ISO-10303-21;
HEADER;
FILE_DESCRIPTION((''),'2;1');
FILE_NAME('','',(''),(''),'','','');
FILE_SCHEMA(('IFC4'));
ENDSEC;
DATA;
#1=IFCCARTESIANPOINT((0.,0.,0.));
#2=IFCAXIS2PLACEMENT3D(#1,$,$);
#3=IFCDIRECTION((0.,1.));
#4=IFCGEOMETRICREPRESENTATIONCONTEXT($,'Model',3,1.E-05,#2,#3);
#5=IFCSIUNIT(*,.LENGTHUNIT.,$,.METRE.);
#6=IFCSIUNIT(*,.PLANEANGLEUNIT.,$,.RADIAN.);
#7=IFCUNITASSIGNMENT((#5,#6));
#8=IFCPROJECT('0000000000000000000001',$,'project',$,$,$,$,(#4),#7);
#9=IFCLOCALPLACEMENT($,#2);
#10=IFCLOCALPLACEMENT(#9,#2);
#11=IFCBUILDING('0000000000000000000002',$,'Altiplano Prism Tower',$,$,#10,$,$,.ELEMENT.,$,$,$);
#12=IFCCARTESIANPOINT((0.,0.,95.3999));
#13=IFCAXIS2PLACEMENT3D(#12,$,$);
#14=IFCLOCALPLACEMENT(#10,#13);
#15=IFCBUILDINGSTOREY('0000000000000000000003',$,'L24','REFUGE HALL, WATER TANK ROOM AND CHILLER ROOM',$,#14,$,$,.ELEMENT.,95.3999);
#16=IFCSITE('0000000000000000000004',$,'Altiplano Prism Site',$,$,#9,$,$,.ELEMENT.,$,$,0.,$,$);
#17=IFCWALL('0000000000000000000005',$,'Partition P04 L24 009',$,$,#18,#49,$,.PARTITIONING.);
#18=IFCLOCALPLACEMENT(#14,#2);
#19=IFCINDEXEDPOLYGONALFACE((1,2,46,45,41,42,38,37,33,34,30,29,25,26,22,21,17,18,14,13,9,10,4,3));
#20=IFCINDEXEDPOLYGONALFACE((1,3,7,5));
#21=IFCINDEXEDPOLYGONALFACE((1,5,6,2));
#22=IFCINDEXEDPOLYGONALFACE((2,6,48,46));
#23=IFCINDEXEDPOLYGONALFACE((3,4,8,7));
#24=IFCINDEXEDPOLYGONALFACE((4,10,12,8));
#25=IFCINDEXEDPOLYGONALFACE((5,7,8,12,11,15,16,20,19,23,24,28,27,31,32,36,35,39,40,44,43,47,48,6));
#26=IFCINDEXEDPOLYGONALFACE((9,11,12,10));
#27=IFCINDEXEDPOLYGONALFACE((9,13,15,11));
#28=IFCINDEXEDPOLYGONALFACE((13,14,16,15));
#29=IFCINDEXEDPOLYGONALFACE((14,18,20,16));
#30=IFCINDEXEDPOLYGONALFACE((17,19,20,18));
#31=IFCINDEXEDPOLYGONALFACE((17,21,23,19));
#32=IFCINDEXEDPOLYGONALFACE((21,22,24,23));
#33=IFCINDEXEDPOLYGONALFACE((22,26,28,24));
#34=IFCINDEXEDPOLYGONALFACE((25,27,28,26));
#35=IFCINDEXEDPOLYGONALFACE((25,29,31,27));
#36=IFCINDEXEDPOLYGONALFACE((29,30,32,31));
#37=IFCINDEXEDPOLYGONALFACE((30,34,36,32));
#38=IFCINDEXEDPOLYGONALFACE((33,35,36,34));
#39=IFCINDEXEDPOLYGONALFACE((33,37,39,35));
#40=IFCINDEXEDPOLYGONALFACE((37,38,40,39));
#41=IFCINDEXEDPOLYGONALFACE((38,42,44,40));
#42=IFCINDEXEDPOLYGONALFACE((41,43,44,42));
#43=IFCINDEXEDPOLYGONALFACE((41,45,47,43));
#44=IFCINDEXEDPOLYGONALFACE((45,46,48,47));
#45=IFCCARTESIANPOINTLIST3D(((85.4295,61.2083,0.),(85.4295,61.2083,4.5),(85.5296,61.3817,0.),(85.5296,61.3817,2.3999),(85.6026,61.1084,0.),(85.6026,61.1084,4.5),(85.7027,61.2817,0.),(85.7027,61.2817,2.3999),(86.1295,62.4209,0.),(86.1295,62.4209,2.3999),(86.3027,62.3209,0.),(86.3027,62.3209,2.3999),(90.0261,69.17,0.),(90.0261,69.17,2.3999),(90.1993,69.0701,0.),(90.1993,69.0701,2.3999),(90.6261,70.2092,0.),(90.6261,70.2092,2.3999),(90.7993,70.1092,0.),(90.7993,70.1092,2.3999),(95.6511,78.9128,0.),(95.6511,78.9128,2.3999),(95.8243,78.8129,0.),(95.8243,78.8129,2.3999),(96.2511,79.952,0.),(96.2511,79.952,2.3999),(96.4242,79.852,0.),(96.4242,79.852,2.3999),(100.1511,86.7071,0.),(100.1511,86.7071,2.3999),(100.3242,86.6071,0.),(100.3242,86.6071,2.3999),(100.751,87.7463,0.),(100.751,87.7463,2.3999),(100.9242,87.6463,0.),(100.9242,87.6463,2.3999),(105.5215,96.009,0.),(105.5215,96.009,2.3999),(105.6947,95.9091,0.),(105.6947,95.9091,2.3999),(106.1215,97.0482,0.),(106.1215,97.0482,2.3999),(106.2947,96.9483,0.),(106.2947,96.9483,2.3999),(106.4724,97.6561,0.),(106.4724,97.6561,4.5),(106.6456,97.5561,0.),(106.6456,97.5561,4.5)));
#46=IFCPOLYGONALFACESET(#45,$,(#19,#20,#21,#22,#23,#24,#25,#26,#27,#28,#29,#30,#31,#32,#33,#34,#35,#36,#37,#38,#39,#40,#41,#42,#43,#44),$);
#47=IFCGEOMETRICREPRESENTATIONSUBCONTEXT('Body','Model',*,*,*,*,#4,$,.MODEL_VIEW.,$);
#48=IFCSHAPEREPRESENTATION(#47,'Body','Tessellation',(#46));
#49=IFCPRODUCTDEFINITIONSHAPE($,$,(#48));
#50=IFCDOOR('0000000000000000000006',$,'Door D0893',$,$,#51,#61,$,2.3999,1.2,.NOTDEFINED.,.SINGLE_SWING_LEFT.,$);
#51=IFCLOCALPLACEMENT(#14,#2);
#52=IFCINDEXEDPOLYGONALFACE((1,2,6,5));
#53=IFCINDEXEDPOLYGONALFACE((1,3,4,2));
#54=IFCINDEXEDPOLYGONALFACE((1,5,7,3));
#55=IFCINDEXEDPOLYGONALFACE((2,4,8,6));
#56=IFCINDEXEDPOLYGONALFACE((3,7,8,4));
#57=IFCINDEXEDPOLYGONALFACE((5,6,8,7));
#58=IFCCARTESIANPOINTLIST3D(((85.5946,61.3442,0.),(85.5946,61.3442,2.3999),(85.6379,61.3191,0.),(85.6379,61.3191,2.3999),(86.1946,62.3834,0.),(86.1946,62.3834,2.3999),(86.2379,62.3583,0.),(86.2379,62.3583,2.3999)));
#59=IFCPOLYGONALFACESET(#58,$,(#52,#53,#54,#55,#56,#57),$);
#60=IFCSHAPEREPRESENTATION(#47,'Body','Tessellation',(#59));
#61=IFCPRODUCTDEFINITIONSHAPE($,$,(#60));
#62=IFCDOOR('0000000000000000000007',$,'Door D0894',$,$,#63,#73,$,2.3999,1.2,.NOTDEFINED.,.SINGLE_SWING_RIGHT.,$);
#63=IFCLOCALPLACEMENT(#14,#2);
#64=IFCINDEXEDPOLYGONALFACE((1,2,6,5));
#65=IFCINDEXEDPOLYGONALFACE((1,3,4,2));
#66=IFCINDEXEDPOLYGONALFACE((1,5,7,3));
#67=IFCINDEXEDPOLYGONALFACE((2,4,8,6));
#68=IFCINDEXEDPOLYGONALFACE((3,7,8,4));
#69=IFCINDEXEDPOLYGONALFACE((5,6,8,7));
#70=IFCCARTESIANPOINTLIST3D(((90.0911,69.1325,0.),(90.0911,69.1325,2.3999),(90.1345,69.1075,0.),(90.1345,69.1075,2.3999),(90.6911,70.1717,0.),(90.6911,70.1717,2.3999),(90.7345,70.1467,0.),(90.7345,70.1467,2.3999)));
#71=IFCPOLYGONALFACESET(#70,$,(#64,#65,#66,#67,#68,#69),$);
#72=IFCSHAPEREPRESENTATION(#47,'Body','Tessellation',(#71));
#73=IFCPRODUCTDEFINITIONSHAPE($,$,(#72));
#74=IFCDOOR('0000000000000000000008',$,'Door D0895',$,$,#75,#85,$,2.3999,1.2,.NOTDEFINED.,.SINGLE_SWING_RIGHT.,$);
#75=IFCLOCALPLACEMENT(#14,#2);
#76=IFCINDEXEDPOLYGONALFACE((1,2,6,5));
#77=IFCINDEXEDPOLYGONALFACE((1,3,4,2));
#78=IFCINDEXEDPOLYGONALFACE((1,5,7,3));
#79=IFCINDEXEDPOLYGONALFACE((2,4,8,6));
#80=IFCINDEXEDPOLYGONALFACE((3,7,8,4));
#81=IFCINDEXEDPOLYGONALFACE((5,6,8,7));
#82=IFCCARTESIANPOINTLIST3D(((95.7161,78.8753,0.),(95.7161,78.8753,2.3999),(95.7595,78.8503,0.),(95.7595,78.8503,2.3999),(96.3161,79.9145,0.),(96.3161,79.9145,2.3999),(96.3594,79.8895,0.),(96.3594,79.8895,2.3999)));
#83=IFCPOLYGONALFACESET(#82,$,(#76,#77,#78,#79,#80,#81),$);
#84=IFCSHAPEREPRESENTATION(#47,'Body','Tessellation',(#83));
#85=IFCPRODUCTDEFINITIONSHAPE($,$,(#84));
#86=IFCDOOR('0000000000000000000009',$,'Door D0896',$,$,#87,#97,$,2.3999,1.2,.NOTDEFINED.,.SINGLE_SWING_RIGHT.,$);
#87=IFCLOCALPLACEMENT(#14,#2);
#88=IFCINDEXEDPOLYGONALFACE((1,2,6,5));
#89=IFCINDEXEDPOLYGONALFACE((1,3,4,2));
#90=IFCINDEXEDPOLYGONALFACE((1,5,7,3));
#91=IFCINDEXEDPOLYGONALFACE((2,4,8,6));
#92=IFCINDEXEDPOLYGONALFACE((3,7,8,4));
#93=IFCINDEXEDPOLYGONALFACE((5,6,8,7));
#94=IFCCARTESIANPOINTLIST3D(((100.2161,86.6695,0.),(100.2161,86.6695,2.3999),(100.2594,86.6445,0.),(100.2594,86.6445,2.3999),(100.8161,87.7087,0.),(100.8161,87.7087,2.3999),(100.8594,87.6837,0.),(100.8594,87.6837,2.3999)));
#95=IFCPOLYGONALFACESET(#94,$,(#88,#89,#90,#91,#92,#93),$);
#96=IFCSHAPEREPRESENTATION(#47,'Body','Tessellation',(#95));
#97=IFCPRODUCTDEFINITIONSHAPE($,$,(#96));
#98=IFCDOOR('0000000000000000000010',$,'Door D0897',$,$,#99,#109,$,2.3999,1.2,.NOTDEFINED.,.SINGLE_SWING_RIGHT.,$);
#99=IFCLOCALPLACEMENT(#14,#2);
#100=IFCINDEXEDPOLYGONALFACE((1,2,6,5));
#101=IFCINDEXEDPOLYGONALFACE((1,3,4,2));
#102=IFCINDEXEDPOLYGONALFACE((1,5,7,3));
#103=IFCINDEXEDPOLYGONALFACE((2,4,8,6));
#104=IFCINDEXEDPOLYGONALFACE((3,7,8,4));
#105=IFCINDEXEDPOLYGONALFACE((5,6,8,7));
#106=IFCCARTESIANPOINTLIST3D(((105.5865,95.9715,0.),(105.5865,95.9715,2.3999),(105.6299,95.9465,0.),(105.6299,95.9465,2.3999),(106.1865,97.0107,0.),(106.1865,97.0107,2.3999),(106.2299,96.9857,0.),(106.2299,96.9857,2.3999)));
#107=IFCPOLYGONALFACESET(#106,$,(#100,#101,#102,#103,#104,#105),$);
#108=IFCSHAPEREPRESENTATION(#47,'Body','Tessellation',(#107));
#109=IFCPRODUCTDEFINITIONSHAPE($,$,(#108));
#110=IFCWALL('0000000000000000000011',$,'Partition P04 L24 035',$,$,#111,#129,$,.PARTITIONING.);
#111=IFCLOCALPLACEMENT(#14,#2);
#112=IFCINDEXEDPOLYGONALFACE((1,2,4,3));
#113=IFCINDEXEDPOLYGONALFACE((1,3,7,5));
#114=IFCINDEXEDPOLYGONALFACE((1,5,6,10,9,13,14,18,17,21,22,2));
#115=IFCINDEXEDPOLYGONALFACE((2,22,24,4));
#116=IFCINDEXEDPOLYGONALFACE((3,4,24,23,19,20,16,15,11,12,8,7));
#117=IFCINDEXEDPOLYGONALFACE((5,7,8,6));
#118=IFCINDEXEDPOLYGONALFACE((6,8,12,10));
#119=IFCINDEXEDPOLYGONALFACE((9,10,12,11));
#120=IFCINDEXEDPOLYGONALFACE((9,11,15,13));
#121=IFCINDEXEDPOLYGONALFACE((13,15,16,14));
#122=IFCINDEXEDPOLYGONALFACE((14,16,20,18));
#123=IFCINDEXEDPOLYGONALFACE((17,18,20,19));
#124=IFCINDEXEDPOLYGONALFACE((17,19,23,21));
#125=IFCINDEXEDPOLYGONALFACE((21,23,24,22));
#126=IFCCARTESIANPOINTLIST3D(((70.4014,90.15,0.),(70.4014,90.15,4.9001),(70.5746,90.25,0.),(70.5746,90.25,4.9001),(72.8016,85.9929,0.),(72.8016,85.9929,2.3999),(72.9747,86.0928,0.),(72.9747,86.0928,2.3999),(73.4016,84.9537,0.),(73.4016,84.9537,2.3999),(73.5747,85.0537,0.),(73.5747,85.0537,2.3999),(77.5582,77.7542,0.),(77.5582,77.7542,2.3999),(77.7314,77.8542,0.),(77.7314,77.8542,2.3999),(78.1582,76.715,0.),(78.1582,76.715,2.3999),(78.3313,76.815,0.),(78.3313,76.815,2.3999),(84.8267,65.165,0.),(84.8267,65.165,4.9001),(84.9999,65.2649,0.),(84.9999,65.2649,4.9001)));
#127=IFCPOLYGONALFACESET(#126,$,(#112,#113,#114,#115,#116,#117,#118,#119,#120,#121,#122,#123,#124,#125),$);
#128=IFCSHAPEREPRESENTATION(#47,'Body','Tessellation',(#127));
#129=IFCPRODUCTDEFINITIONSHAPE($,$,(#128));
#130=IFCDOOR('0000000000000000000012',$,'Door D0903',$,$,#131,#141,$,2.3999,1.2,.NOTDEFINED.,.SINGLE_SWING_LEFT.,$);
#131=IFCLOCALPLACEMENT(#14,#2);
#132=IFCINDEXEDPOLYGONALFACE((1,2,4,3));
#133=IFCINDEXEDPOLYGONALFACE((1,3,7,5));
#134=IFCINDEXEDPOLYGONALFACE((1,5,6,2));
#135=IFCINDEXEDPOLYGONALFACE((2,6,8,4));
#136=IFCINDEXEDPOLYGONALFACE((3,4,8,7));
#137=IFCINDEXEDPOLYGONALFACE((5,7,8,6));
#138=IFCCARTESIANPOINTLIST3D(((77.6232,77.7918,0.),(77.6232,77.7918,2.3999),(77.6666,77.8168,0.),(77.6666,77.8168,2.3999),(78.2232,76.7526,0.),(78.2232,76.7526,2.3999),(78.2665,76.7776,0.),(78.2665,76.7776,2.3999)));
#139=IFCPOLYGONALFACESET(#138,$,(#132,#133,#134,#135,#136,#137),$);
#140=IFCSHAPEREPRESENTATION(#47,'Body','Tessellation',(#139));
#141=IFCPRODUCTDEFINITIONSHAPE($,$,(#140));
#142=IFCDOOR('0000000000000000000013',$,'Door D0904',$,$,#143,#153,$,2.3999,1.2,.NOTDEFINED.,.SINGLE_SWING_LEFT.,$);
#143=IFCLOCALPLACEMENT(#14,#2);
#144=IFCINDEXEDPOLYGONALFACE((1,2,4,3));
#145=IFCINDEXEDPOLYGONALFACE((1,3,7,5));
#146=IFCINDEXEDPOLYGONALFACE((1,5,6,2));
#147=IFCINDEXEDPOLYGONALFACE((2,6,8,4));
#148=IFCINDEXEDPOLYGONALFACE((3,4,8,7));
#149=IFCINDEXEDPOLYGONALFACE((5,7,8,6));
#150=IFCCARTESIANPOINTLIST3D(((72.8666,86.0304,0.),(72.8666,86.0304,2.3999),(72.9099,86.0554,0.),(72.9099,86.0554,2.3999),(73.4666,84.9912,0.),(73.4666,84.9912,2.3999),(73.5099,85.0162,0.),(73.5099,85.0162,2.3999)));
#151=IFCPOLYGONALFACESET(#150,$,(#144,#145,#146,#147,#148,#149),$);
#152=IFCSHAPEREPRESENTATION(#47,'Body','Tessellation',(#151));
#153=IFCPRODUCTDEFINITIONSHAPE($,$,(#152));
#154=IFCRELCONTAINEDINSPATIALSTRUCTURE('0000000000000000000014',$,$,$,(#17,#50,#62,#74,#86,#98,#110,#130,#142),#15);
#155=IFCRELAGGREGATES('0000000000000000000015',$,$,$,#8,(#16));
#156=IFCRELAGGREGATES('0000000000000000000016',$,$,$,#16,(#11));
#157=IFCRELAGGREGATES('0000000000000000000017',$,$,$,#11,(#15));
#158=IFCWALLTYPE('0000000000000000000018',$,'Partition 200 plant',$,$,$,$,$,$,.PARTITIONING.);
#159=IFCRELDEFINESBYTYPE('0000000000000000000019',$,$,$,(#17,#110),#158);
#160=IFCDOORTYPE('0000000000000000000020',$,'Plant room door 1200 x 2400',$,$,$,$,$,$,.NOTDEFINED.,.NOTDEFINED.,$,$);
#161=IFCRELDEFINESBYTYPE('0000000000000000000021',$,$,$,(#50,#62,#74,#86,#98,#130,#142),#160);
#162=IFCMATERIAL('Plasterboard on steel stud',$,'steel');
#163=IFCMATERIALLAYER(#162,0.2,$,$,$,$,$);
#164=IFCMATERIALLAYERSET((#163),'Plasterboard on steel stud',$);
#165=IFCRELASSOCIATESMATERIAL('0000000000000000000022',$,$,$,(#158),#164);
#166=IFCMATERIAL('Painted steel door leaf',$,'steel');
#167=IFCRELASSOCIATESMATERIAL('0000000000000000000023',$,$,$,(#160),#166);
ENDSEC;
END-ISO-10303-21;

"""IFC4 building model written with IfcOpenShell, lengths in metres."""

from ifc_helpers import new_model, si_unit, direction, frame, frame_2d, origin, place, context, subcontext, project, spatial, rectangle, extrude, material, layer, layer_set, type_object, element, fill, save


model = new_model("IFC4")

# Units and contexts
model_context = context("Model", 3, precision=1e-05, world=origin(), true_north=direction((0.0, 1.0)))
body_context = subcontext(model_context, "Body", "Model", "MODEL_VIEW")
ifc_project = project(units=[si_unit("LENGTHUNIT", "METRE"), si_unit("PLANEANGLEUNIT", "RADIAN")], contexts=[model_context])

# Site, building, storey
site_placement = place(None, origin())
site = spatial("IfcSite", under=ifc_project, at=site_placement, Name="Altiplano Prism Site", CompositionType="ELEMENT", RefElevation=0.0)
building_placement = place(site_placement, origin())
building = spatial("IfcBuilding", under=site, at=building_placement, Name="Altiplano Prism Tower", CompositionType="ELEMENT")
storey_placement = place(building_placement, frame((0.0, 0.0, 95.3999)))
storey = spatial("IfcBuildingStorey", under=building, at=storey_placement, Name="L24", Description="REFUGE HALL, WATER TANK ROOM AND CHILLER ROOM", CompositionType="ELEMENT", Elevation=95.3999)

# Shared definitions
ifc_material_1 = material(Name="Plasterboard on steel stud", Category="steel")
ifc_layer = layer(ifc_material_1, 0.2)
ifc_layer_set = layer_set([ifc_layer], Name="Plasterboard on steel stud")
wall_type = type_object("IfcWallType", Name="Partition 200 plant", PredefinedType="PARTITIONING", material=ifc_layer_set)

# Walls, openings, doors
wall_1_placement = place(storey_placement, frame((85.5161, 61.1584, 0.0), z_axis=(0.0, 0.0, 1.0), x_axis=(0.499997, 0.866027, 0.0)))
wall_1 = element("IfcWall", 1, at=wall_1_placement, inside=storey, type_object=wall_type, Name="Partition P04 L24 009", PredefinedType="PARTITIONING", context=body_context, shape_type="SweptSolid", body=[
    extrude(rectangle(XDim=42.0862, YDim=0.2, at=frame_2d((21.043, 0.0))), origin(), (0.0, 0.0, 1.0), 4.5),
])
opening_1_placement = place(wall_1_placement, frame((0.2, 0.0, 0.0)))
opening_1 = element("IfcOpeningElement", 2, at=opening_1_placement, cuts=wall_1, PredefinedType="OPENING", context=body_context, shape_type="SweptSolid", body=[
    extrude(rectangle(XDim=1.2, YDim=2.3999, at=frame_2d((0.6001, 1.2))), frame((0.0, 0.1104, 0.0), z_axis=(0.0, -1.0, 0.0), x_axis=(1.0, 0.0, 0.0)), (0.0, 0.0, 1.0), 0.2209),
])
opening_2_placement = place(wall_1_placement, frame((9.1931, 0.0, 0.0)))
opening_2 = element("IfcOpeningElement", 3, at=opening_2_placement, cuts=wall_1, PredefinedType="OPENING", context=body_context, shape_type="SweptSolid", body=[
    extrude(rectangle(XDim=1.2, YDim=2.3999, at=frame_2d((0.6001, 1.2))), frame((0.0, 0.1104, 0.0), z_axis=(0.0, -1.0, 0.0), x_axis=(1.0, 0.0, 0.0)), (0.0, 0.0, 1.0), 0.2209),
])
opening_3_placement = place(wall_1_placement, frame((20.4431, 0.0, 0.0)))
opening_3 = element("IfcOpeningElement", 4, at=opening_3_placement, cuts=wall_1, PredefinedType="OPENING", context=body_context, shape_type="SweptSolid", body=[
    extrude(rectangle(XDim=1.2, YDim=2.3999, at=frame_2d((0.6001, 1.2))), frame((0.0, 0.1104, 0.0), z_axis=(0.0, -1.0, 0.0), x_axis=(1.0, 0.0, 0.0)), (0.0, 0.0, 1.0), 0.2209),
])
opening_4_placement = place(wall_1_placement, frame((29.4431, 0.0, 0.0)))
opening_4 = element("IfcOpeningElement", 5, at=opening_4_placement, cuts=wall_1, PredefinedType="OPENING", context=body_context, shape_type="SweptSolid", body=[
    extrude(rectangle(XDim=1.2, YDim=2.3999, at=frame_2d((0.6001, 1.2))), frame((0.0, 0.1104, 0.0), z_axis=(0.0, -1.0, 0.0), x_axis=(1.0, 0.0, 0.0)), (0.0, 0.0, 1.0), 0.2209),
])
opening_5_placement = place(wall_1_placement, frame((40.1841, 0.0, 0.0)))
opening_5 = element("IfcOpeningElement", 6, at=opening_5_placement, cuts=wall_1, PredefinedType="OPENING", context=body_context, shape_type="SweptSolid", body=[
    extrude(rectangle(XDim=1.2, YDim=2.3999, at=frame_2d((0.6001, 1.2))), frame((0.0, 0.1104, 0.0), z_axis=(0.0, -1.0, 0.0), x_axis=(1.0, 0.0, 0.0)), (0.0, 0.0, 1.0), 0.2209),
])
ifc_material_2 = material(Name="Painted steel door leaf", Category="steel")
door_type = type_object("IfcDoorType", Name="Plant room door 1200 x 2400", OperationType="NOTDEFINED", PredefinedType="NOTDEFINED", material=ifc_material_2)
door_1_placement = place(opening_1_placement, origin())
door_1 = element("IfcDoor", 7, at=door_1_placement, inside=storey, type_object=door_type, Name="Door D0893", OperationType="SINGLE_SWING_LEFT", OverallHeight=2.3999, OverallWidth=1.2, PredefinedType="NOTDEFINED", context=body_context, shape_type="SweptSolid", body=[
    extrude(rectangle(XDim=1.2, YDim=2.3999, at=frame_2d((0.6001, 1.2))), frame((0.0, 0.0249, 0.0), z_axis=(0.0, -1.0, 0.0), x_axis=(1.0, 0.0, 0.0)), (0.0, 0.0, 1.0), 0.05),
])
fill(opening_1, door_1)
door_2_placement = place(opening_2_placement, origin())
door_2 = element("IfcDoor", 8, at=door_2_placement, inside=storey, type_object=door_type, Name="Door D0894", OperationType="SINGLE_SWING_RIGHT", OverallHeight=2.3999, OverallWidth=1.2, PredefinedType="NOTDEFINED", context=body_context, shape_type="SweptSolid", body=[
    extrude(rectangle(XDim=1.2, YDim=2.3999, at=frame_2d((0.6001, 1.2))), frame((0.0, 0.0249, 0.0), z_axis=(0.0, -1.0, 0.0), x_axis=(1.0, 0.0, 0.0)), (0.0, 0.0, 1.0), 0.05),
])
fill(opening_2, door_2)
door_3_placement = place(opening_3_placement, origin())
door_3 = element("IfcDoor", 9, at=door_3_placement, inside=storey, type_object=door_type, Name="Door D0895", OperationType="SINGLE_SWING_RIGHT", OverallHeight=2.3999, OverallWidth=1.2, PredefinedType="NOTDEFINED", context=body_context, shape_type="SweptSolid", body=[
    extrude(rectangle(XDim=1.2, YDim=2.3999, at=frame_2d((0.6001, 1.2))), frame((0.0, 0.0249, 0.0), z_axis=(0.0, -1.0, 0.0), x_axis=(1.0, 0.0, 0.0)), (0.0, 0.0, 1.0), 0.05),
])
fill(opening_3, door_3)
door_4_placement = place(opening_4_placement, origin())
door_4 = element("IfcDoor", 10, at=door_4_placement, inside=storey, type_object=door_type, Name="Door D0896", OperationType="SINGLE_SWING_RIGHT", OverallHeight=2.3999, OverallWidth=1.2, PredefinedType="NOTDEFINED", context=body_context, shape_type="SweptSolid", body=[
    extrude(rectangle(XDim=1.2, YDim=2.3999, at=frame_2d((0.6001, 1.2))), frame((0.0, 0.0249, 0.0), z_axis=(0.0, -1.0, 0.0), x_axis=(1.0, 0.0, 0.0)), (0.0, 0.0, 1.0), 0.05),
])
fill(opening_4, door_4)
door_5_placement = place(opening_5_placement, origin())
door_5 = element("IfcDoor", 11, at=door_5_placement, inside=storey, type_object=door_type, Name="Door D0897", OperationType="SINGLE_SWING_RIGHT", OverallHeight=2.3999, OverallWidth=1.2, PredefinedType="NOTDEFINED", context=body_context, shape_type="SweptSolid", body=[
    extrude(rectangle(XDim=1.2, YDim=2.3999, at=frame_2d((0.6001, 1.2))), frame((0.0, 0.0249, 0.0), z_axis=(0.0, -1.0, 0.0), x_axis=(1.0, 0.0, 0.0)), (0.0, 0.0, 1.0), 0.05),
])
fill(opening_5, door_5)
wall_2_placement = place(storey_placement, frame((84.9133, 65.2148, 0.0), z_axis=(0.0, 0.0, 1.0), x_axis=(-0.500003, 0.866023, 0.0)))
wall_2 = element("IfcWall", 12, at=wall_2_placement, inside=storey, type_object=wall_type, Name="Partition P04 L24 035", PredefinedType="PARTITIONING", context=body_context, shape_type="SweptSolid", body=[
    extrude(rectangle(XDim=28.8503, YDim=0.2, at=frame_2d((14.4253, 0.0))), origin(), (0.0, 0.0, 1.0), 4.9001),
])
opening_6_placement = place(wall_2_placement, frame((13.3369, 0.0, 0.0)))
opening_6 = element("IfcOpeningElement", 13, at=opening_6_placement, cuts=wall_2, PredefinedType="OPENING", context=body_context, shape_type="SweptSolid", body=[
    extrude(rectangle(XDim=1.2, YDim=2.3999, at=frame_2d((0.6001, 1.2))), frame((0.0, 0.1104, 0.0), z_axis=(0.0, -1.0, 0.0), x_axis=(1.0, 0.0, 0.0)), (0.0, 0.0, 1.0), 0.2209),
])
opening_7_placement = place(wall_2_placement, frame((22.8501, 0.0, 0.0)))
opening_7 = element("IfcOpeningElement", 14, at=opening_7_placement, cuts=wall_2, PredefinedType="OPENING", context=body_context, shape_type="SweptSolid", body=[
    extrude(rectangle(XDim=1.2, YDim=2.3999, at=frame_2d((0.6001, 1.2))), frame((0.0, 0.1104, 0.0), z_axis=(0.0, -1.0, 0.0), x_axis=(1.0, 0.0, 0.0)), (0.0, 0.0, 1.0), 0.2209),
])
door_6_placement = place(opening_6_placement, origin())
door_6 = element("IfcDoor", 15, at=door_6_placement, inside=storey, type_object=door_type, Name="Door D0903", OperationType="SINGLE_SWING_LEFT", OverallHeight=2.3999, OverallWidth=1.2, PredefinedType="NOTDEFINED", context=body_context, shape_type="SweptSolid", body=[
    extrude(rectangle(XDim=1.2, YDim=2.3999, at=frame_2d((0.6001, 1.2))), frame((0.0, 0.0249, 0.0), z_axis=(0.0, -1.0, 0.0), x_axis=(1.0, 0.0, 0.0)), (0.0, 0.0, 1.0), 0.05),
])
fill(opening_6, door_6)
door_7_placement = place(opening_7_placement, origin())
door_7 = element("IfcDoor", 16, at=door_7_placement, inside=storey, type_object=door_type, Name="Door D0904", OperationType="SINGLE_SWING_LEFT", OverallHeight=2.3999, OverallWidth=1.2, PredefinedType="NOTDEFINED", context=body_context, shape_type="SweptSolid", body=[
    extrude(rectangle(XDim=1.2, YDim=2.3999, at=frame_2d((0.6001, 1.2))), frame((0.0, 0.0249, 0.0), z_axis=(0.0, -1.0, 0.0), x_axis=(1.0, 0.0, 0.0)), (0.0, 0.0, 1.0), 0.05),
])
fill(opening_7, door_7)

save(model, "model.ifc")
